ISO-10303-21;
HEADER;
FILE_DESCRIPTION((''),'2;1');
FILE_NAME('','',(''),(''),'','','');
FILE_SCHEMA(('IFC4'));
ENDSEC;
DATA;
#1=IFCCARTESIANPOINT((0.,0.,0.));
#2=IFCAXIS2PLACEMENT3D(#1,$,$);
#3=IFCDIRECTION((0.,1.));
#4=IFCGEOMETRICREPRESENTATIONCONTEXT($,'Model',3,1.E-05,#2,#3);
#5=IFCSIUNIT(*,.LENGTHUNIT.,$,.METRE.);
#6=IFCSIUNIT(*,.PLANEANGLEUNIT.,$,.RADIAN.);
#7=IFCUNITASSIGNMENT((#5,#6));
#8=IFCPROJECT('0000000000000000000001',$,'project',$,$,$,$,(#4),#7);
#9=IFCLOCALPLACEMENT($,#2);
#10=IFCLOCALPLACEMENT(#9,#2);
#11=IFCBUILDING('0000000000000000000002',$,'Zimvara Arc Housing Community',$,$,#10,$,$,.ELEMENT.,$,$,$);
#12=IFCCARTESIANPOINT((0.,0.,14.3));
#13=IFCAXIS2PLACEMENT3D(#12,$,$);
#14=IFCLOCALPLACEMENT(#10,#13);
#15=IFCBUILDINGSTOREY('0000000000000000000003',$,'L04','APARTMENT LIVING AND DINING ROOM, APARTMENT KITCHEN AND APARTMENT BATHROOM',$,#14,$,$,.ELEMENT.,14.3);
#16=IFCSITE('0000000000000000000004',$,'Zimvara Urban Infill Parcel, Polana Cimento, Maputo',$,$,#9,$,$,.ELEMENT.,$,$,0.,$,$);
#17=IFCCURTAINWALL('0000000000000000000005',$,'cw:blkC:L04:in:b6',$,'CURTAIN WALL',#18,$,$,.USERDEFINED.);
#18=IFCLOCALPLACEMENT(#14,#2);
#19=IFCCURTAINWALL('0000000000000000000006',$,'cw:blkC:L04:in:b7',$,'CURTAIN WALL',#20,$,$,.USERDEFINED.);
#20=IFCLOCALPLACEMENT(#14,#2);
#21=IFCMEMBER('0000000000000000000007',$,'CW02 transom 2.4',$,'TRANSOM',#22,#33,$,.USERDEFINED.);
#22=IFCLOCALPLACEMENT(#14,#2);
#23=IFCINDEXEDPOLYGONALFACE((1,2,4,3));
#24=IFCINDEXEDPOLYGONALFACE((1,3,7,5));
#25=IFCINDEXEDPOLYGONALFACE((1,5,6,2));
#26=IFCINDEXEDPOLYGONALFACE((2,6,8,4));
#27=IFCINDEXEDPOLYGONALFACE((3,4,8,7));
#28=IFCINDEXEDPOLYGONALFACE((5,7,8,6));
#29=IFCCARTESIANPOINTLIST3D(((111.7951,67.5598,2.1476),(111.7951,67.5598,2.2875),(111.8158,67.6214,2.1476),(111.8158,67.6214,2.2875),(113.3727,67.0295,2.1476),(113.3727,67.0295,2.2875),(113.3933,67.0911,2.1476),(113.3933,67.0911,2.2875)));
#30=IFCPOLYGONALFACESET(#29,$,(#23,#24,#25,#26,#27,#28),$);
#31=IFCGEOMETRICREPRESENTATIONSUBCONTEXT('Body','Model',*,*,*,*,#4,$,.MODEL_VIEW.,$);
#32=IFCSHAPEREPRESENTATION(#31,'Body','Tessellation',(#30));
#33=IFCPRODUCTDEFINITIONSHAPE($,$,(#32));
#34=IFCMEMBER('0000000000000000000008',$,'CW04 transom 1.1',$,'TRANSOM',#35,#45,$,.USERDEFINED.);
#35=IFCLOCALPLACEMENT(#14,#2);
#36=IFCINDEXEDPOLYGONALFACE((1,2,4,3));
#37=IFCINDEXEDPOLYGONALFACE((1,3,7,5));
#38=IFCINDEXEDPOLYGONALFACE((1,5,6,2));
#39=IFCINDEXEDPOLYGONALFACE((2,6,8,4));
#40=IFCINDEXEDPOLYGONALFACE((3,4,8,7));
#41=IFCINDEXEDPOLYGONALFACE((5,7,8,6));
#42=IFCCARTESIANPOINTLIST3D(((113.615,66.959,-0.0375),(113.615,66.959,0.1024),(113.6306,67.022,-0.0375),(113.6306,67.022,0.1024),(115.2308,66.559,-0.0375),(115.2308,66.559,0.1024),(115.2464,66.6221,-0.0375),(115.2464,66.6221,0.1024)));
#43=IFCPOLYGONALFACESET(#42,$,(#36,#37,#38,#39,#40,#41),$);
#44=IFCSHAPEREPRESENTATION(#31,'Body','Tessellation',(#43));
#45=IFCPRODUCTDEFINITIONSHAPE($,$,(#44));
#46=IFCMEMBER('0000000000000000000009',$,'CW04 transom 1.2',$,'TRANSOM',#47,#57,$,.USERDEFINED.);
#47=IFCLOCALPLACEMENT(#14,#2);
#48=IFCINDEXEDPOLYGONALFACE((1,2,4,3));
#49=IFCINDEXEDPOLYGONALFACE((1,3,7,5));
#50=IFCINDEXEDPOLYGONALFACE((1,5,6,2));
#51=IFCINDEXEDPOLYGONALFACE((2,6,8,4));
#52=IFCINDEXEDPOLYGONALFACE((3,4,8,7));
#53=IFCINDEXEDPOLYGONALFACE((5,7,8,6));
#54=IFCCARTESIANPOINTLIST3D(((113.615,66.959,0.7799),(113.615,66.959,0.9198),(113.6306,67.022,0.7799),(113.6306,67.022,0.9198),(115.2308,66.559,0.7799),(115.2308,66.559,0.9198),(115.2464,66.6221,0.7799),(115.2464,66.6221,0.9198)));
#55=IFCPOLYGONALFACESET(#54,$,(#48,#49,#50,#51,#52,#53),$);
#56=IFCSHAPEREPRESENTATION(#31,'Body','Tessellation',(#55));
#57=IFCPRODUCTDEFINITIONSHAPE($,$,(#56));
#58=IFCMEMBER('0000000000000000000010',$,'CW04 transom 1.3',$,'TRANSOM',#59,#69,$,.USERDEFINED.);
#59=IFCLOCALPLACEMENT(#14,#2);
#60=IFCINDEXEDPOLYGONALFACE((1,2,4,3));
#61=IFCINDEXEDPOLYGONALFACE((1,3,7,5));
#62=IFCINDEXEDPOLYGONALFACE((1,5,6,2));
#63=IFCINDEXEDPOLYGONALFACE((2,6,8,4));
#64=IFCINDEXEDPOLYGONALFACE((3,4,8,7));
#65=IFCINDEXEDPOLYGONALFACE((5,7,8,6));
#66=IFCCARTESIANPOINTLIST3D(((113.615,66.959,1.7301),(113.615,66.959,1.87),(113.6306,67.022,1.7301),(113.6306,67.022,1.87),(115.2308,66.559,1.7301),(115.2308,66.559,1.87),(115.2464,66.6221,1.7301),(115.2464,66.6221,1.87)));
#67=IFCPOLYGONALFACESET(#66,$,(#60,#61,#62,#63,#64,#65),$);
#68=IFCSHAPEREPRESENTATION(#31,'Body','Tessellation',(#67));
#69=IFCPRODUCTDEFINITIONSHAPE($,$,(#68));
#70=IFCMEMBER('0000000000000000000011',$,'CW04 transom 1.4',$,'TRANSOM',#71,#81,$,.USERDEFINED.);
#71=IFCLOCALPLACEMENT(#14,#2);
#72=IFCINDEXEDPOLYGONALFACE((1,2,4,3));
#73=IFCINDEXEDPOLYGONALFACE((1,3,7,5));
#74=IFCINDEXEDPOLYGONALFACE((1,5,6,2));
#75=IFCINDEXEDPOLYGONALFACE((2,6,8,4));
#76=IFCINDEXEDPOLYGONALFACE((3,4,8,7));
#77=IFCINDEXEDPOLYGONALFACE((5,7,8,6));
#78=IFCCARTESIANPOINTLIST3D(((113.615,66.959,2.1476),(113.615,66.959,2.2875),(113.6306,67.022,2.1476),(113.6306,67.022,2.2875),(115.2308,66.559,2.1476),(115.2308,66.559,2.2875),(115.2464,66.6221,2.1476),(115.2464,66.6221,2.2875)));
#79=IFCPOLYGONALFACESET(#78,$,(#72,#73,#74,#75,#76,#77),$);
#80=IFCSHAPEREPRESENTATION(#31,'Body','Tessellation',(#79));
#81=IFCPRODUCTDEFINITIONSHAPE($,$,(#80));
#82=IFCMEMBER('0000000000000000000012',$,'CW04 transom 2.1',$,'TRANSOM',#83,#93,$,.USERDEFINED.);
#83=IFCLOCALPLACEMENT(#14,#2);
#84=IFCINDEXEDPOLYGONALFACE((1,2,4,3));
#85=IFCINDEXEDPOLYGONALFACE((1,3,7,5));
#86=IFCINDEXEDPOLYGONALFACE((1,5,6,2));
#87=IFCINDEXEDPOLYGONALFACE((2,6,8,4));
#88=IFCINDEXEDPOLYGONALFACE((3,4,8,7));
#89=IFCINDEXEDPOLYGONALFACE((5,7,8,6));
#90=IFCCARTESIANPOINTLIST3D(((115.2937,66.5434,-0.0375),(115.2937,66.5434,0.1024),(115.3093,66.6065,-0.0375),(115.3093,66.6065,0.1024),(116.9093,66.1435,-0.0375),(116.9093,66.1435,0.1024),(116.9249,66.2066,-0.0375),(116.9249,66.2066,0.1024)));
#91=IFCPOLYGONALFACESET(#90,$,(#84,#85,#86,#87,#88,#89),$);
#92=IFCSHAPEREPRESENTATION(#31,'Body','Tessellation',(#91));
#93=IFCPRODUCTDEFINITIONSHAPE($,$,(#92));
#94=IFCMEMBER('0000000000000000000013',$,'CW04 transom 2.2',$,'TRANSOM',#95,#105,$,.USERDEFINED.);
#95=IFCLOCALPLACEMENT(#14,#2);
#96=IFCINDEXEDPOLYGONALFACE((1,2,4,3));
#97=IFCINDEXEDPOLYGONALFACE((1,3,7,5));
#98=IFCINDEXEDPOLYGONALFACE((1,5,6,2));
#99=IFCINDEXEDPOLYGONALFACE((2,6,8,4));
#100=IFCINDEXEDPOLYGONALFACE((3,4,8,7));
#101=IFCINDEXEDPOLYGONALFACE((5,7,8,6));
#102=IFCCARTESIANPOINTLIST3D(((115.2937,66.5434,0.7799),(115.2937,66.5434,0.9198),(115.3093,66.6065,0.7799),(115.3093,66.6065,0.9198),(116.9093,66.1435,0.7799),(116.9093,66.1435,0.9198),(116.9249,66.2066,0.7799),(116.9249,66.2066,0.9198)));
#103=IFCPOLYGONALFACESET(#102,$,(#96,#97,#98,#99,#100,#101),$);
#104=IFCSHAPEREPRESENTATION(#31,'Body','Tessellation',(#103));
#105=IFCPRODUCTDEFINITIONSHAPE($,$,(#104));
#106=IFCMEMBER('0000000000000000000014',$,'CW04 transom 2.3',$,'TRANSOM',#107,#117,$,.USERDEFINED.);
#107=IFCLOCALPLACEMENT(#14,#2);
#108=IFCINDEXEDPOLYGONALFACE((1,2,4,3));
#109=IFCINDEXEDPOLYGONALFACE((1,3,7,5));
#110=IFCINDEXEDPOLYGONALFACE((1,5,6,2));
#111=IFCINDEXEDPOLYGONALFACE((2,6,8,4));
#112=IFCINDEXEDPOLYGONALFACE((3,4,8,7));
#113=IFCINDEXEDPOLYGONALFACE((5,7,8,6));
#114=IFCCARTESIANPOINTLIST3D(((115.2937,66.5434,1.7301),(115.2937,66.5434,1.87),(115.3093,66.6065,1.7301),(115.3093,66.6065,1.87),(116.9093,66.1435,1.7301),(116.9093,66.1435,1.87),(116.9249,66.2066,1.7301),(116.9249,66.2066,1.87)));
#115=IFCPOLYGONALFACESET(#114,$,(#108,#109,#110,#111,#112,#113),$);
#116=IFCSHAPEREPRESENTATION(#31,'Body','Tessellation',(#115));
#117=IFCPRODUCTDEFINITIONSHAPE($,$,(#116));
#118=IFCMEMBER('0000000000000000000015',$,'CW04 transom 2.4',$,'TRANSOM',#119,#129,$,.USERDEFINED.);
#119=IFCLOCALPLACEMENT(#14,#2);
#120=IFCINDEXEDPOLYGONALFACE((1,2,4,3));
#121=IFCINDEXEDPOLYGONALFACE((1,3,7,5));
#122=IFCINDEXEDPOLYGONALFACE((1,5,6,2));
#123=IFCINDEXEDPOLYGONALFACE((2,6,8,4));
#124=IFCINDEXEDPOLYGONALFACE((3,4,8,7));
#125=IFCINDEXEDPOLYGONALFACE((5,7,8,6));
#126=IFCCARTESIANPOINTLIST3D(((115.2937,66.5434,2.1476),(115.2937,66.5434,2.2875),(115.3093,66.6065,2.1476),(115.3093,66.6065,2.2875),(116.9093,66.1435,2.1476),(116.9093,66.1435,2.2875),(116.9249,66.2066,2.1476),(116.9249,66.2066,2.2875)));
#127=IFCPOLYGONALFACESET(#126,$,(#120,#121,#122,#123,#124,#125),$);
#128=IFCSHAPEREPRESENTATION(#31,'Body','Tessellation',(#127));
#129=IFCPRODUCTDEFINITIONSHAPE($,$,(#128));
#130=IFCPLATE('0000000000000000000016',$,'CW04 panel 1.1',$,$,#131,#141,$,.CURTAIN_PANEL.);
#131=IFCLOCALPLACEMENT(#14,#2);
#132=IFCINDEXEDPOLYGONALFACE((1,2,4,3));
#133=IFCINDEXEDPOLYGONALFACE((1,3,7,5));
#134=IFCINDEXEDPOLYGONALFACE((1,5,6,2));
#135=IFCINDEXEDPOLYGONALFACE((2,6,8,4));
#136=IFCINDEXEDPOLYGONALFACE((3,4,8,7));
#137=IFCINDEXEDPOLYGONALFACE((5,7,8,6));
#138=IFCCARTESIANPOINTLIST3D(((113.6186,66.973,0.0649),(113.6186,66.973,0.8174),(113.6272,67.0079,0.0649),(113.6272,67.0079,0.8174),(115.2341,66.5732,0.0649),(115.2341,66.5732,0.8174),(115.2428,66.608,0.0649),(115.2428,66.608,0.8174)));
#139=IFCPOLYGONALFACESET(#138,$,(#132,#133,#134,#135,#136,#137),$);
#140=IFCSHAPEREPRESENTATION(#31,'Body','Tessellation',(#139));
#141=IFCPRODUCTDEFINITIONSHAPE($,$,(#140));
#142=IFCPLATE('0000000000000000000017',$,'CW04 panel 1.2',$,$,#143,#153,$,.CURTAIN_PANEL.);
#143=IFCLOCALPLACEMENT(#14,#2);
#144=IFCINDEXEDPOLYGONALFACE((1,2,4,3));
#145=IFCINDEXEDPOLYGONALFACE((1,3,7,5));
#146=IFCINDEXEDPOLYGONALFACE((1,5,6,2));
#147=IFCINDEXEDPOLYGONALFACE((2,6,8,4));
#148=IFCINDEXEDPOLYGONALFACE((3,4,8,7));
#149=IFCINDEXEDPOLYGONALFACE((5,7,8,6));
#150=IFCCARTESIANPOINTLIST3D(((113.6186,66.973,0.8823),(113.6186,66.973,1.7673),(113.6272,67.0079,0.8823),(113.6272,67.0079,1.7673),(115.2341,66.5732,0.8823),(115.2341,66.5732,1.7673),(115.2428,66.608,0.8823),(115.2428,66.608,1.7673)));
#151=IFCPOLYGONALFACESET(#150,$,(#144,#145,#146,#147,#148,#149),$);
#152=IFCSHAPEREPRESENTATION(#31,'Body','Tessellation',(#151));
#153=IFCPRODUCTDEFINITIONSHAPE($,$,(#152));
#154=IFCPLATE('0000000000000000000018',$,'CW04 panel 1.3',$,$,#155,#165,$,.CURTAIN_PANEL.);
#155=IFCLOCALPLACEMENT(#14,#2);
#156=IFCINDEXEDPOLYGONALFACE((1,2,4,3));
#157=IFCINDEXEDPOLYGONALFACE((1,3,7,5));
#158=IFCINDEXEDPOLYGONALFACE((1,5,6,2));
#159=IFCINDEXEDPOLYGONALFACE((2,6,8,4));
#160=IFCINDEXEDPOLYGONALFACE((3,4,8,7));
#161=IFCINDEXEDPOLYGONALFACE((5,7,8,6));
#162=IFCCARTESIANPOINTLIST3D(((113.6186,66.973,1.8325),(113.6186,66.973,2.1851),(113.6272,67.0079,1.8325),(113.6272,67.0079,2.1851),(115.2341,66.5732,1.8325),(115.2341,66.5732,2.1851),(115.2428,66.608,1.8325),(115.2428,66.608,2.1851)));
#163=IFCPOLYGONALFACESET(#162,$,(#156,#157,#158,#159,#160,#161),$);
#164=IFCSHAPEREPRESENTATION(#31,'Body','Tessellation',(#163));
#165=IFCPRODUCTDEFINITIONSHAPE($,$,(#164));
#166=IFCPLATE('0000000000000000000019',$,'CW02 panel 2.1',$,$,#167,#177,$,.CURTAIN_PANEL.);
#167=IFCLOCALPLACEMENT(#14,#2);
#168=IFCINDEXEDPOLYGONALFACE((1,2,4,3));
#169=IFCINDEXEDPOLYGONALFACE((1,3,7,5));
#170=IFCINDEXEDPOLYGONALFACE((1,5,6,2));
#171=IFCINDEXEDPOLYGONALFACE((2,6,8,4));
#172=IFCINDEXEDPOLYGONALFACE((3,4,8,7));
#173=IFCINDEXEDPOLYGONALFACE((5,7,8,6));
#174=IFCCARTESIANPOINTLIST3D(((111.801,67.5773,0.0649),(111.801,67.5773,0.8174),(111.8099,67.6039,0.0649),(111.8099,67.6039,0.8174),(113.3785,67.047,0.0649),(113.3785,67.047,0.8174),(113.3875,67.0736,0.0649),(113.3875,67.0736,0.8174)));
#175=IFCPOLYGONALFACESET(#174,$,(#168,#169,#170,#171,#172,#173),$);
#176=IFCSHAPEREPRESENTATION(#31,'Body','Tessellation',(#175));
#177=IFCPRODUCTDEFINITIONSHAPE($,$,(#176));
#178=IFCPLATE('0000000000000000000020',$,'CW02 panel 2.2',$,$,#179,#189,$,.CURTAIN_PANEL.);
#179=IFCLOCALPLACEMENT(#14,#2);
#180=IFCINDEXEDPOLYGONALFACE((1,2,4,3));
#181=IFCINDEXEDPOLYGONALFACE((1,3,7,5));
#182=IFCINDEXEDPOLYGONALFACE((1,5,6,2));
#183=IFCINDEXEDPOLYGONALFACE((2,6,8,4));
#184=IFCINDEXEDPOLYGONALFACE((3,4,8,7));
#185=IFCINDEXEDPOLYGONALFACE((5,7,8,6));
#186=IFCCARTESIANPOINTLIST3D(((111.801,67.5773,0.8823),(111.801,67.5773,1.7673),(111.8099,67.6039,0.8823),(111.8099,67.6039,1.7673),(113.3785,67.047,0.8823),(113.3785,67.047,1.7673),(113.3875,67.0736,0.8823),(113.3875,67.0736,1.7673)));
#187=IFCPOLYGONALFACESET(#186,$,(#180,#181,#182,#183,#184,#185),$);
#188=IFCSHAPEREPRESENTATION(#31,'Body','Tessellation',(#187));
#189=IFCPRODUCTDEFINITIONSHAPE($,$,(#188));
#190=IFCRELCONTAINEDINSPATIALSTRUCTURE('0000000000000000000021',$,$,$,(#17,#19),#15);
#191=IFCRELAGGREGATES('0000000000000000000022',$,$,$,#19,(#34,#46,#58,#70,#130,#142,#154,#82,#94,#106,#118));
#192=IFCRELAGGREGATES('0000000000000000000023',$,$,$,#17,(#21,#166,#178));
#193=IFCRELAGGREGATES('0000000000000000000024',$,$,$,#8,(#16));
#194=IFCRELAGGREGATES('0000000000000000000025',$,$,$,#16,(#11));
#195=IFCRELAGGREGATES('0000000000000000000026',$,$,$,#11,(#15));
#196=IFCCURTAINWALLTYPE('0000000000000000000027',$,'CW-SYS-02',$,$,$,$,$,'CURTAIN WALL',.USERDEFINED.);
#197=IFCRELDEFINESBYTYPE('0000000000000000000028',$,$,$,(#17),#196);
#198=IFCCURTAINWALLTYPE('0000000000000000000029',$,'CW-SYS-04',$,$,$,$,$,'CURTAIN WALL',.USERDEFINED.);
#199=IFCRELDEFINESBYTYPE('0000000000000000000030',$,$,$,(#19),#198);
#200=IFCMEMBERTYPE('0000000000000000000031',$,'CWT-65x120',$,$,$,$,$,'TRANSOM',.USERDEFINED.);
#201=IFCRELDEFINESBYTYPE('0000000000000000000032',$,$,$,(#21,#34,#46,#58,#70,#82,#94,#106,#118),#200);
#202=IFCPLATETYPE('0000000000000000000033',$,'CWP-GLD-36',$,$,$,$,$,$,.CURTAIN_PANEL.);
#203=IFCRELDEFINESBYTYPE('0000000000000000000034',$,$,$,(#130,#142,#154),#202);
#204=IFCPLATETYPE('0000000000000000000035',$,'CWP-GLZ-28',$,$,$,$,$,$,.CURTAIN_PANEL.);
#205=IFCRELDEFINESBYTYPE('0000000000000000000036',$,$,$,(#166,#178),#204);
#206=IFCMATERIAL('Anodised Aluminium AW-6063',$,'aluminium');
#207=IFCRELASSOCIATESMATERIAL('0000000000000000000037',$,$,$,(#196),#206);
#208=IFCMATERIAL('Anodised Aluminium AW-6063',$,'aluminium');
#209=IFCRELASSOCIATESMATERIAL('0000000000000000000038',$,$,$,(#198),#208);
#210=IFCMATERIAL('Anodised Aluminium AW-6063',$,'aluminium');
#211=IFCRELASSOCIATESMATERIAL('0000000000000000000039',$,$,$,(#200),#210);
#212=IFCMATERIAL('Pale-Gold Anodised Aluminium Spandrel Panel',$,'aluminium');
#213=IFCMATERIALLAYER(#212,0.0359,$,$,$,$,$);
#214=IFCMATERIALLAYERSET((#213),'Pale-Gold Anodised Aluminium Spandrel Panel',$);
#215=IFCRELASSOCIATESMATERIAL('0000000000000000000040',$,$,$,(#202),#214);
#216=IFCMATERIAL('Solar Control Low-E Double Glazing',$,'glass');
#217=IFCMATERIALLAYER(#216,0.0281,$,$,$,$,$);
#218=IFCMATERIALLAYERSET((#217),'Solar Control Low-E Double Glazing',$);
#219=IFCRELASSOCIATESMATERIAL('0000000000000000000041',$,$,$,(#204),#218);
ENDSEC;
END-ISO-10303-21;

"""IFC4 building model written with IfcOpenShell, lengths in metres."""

from ifc_helpers import new_model, si_unit, direction, frame, origin, origin_2d, place, context, subcontext, project, spatial, rectangle, extrude, material, layer, layer_set, material_profile, profile_set, type_object, element, aggregate, save


model = new_model("IFC4")

# Units and contexts
model_context = context("Model", 3, precision=1e-05, world=origin(), true_north=direction((0.0, 1.0)))
body_context = subcontext(model_context, "Body", "Model", "MODEL_VIEW")
ifc_project = project(units=[si_unit("LENGTHUNIT", "METRE"), si_unit("PLANEANGLEUNIT", "RADIAN")], contexts=[model_context])

# Site, building, storey
site_placement = place(None, origin())
site = spatial("IfcSite", under=ifc_project, at=site_placement, Name="Zimvara Urban Infill Parcel, Polana Cimento, Maputo", CompositionType="ELEMENT", RefElevation=0.0)
building_placement = place(site_placement, origin())
building = spatial("IfcBuilding", under=site, at=building_placement, Name="Zimvara Arc Housing Community", CompositionType="ELEMENT")
storey_placement = place(building_placement, frame((0.0, 0.0, 14.3)))
storey = spatial("IfcBuildingStorey", under=building, at=storey_placement, Name="L04", Description="APARTMENT LIVING AND DINING ROOM, APARTMENT KITCHEN AND APARTMENT BATHROOM", CompositionType="ELEMENT", Elevation=14.3)

# Curtain walls
ifc_material_1 = material(Name="Anodised Aluminium AW-6063", Category="aluminium")
curtain_wall_type_1 = type_object("IfcCurtainWallType", Name="CW-SYS-02", ElementType="CURTAIN WALL", PredefinedType="USERDEFINED", material=ifc_material_1)
curtain_wall_1_placement = place(storey_placement, origin())
curtain_wall_1 = element("IfcCurtainWall", 1, at=curtain_wall_1_placement, inside=storey, type_object=curtain_wall_type_1, Name="cw:blkC:L04:in:b6", ObjectType="CURTAIN WALL", PredefinedType="USERDEFINED")
ifc_material_2 = material(Name="Anodised Aluminium AW-6063", Category="aluminium")
curtain_wall_type_2 = type_object("IfcCurtainWallType", Name="CW-SYS-04", ElementType="CURTAIN WALL", PredefinedType="USERDEFINED", material=ifc_material_2)
curtain_wall_2_placement = place(storey_placement, origin())
curtain_wall_2 = element("IfcCurtainWall", 2, at=curtain_wall_2_placement, inside=storey, type_object=curtain_wall_type_2, Name="cw:blkC:L04:in:b7", ObjectType="CURTAIN WALL", PredefinedType="USERDEFINED")

# Members
ifc_material_3 = material(Name="Anodised Aluminium AW-6063", Category="aluminium")
ifc_material_profile_1 = material_profile(ifc_material_3, rectangle(XDim=0.0649, YDim=0.1399, at=origin_2d()), Name="ALU 65x140")
ifc_profile_set_1 = profile_set([ifc_material_profile_1], Name="Anodised Aluminium AW-6063")
member_type_1 = type_object("IfcMemberType", Name="CWT-65x120", ElementType="TRANSOM", PredefinedType="USERDEFINED", material=ifc_profile_set_1)
member_1_placement = place(storey_placement, frame((111.8054, 67.5906, 2.2175), z_axis=(0.947888, -0.318603, 0.0), x_axis=(0.318603, 0.947888, 0.0)))
member_1 = element("IfcMember", 3, at=member_1_placement, type_object=member_type_1, Name="CW02 transom 2.4", ObjectType="TRANSOM", PredefinedType="USERDEFINED", context=body_context, shape_type="SweptSolid", body=[
    extrude(rectangle(XDim=0.0649, YDim=0.1399, at=origin_2d()), origin(), (0.0, 0.0, 1.0), 1.6643),
])
member_2_placement = place(storey_placement, frame((113.6228, 66.9905, 0.0325), z_axis=(0.970709, -0.240257, 0.0), x_axis=(0.240257, 0.970709, 0.0)))
member_2 = element("IfcMember", 4, at=member_2_placement, type_object=member_type_1, Name="CW04 transom 1.1", ObjectType="TRANSOM", PredefinedType="USERDEFINED", context=body_context, shape_type="SweptSolid", body=[
    extrude(rectangle(XDim=0.0649, YDim=0.1399, at=origin_2d()), origin(), (0.0, 0.0, 1.0), 1.6646),
])
member_3_placement = place(storey_placement, frame((113.6228, 66.9905, 0.8499), z_axis=(0.970709, -0.240257, 0.0), x_axis=(0.240257, 0.970709, 0.0)))
member_3 = element("IfcMember", 5, at=member_3_placement, type_object=member_type_1, Name="CW04 transom 1.2", ObjectType="TRANSOM", PredefinedType="USERDEFINED", context=body_context, shape_type="SweptSolid", body=[
    extrude(rectangle(XDim=0.0649, YDim=0.1399, at=origin_2d()), origin(), (0.0, 0.0, 1.0), 1.6646),
])
member_4_placement = place(storey_placement, frame((113.6228, 66.9905, 1.8), z_axis=(0.970709, -0.240257, 0.0), x_axis=(0.240257, 0.970709, 0.0)))
member_4 = element("IfcMember", 6, at=member_4_placement, type_object=member_type_1, Name="CW04 transom 1.3", ObjectType="TRANSOM", PredefinedType="USERDEFINED", context=body_context, shape_type="SweptSolid", body=[
    extrude(rectangle(XDim=0.0649, YDim=0.1399, at=origin_2d()), origin(), (0.0, 0.0, 1.0), 1.6646),
])
member_5_placement = place(storey_placement, frame((113.6228, 66.9905, 2.2175), z_axis=(0.970709, -0.240257, 0.0), x_axis=(0.240257, 0.970709, 0.0)))
member_5 = element("IfcMember", 7, at=member_5_placement, type_object=member_type_1, Name="CW04 transom 1.4", ObjectType="TRANSOM", PredefinedType="USERDEFINED", context=body_context, shape_type="SweptSolid", body=[
    extrude(rectangle(XDim=0.0649, YDim=0.1399, at=origin_2d()), origin(), (0.0, 0.0, 1.0), 1.6646),
])
member_6_placement = place(storey_placement, frame((115.3015, 66.575, 0.0325), z_axis=(0.970701, -0.240291, 0.0), x_axis=(0.240291, 0.970701, 0.0)))
member_6 = element("IfcMember", 8, at=member_6_placement, type_object=member_type_1, Name="CW04 transom 2.1", ObjectType="TRANSOM", PredefinedType="USERDEFINED", context=body_context, shape_type="SweptSolid", body=[
    extrude(rectangle(XDim=0.0649, YDim=0.1399, at=origin_2d()), origin(), (0.0, 0.0, 1.0), 1.6643),
])
member_7_placement = place(storey_placement, frame((115.3015, 66.575, 0.8499), z_axis=(0.970701, -0.240291, 0.0), x_axis=(0.240291, 0.970701, 0.0)))
member_7 = element("IfcMember", 9, at=member_7_placement, type_object=member_type_1, Name="CW04 transom 2.2", ObjectType="TRANSOM", PredefinedType="USERDEFINED", context=body_context, shape_type="SweptSolid", body=[
    extrude(rectangle(XDim=0.0649, YDim=0.1399, at=origin_2d()), origin(), (0.0, 0.0, 1.0), 1.6643),
])
member_8_placement = place(storey_placement, frame((115.3015, 66.575, 1.8), z_axis=(0.970701, -0.240291, 0.0), x_axis=(0.240291, 0.970701, 0.0)))
member_8 = element("IfcMember", 10, at=member_8_placement, type_object=member_type_1, Name="CW04 transom 2.3", ObjectType="TRANSOM", PredefinedType="USERDEFINED", context=body_context, shape_type="SweptSolid", body=[
    extrude(rectangle(XDim=0.0649, YDim=0.1399, at=origin_2d()), origin(), (0.0, 0.0, 1.0), 1.6643),
])
member_9_placement = place(storey_placement, frame((115.3015, 66.575, 2.2175), z_axis=(0.970701, -0.240291, 0.0), x_axis=(0.240291, 0.970701, 0.0)))
member_9 = element("IfcMember", 11, at=member_9_placement, type_object=member_type_1, Name="CW04 transom 2.4", ObjectType="TRANSOM", PredefinedType="USERDEFINED", context=body_context, shape_type="SweptSolid", body=[
    extrude(rectangle(XDim=0.0649, YDim=0.1399, at=origin_2d()), origin(), (0.0, 0.0, 1.0), 1.6643),
])

# Plates
ifc_material_4 = material(Name="Pale-Gold Anodised Aluminium Spandrel Panel", Category="aluminium")
ifc_layer_1 = layer(ifc_material_4, 0.0359)
ifc_layer_set_1 = layer_set([ifc_layer_1], Name="Pale-Gold Anodised Aluminium Spandrel Panel")
plate_type_1 = type_object("IfcPlateType", Name="CWP-GLD-36", PredefinedType="CURTAIN_PANEL", material=ifc_layer_set_1)
plate_1_placement = place(storey_placement, frame((114.4307, 66.7905, 0.0649), z_axis=(0.0, 0.0, 1.0), x_axis=(0.970717, -0.240228, 0.0)))
plate_1 = element("IfcPlate", 12, at=plate_1_placement, type_object=plate_type_1, Name="CW04 panel 1.1", PredefinedType="CURTAIN_PANEL", context=body_context, shape_type="SweptSolid", body=[
    extrude(rectangle(XDim=1.6643, YDim=0.0359, at=origin_2d()), origin(), (0.0, 0.0, 1.0), 0.7524),
])
plate_2_placement = place(storey_placement, frame((114.4307, 66.7905, 0.8823), z_axis=(0.0, 0.0, 1.0), x_axis=(0.970717, -0.240228, 0.0)))
plate_2 = element("IfcPlate", 13, at=plate_2_placement, type_object=plate_type_1, Name="CW04 panel 1.2", PredefinedType="CURTAIN_PANEL", context=body_context, shape_type="SweptSolid", body=[
    extrude(rectangle(XDim=1.6643, YDim=0.0359, at=origin_2d()), origin(), (0.0, 0.0, 1.0), 0.885),
])
plate_3_placement = place(storey_placement, frame((114.4307, 66.7905, 1.8325), z_axis=(0.0, 0.0, 1.0), x_axis=(0.970717, -0.240228, 0.0)))
plate_3 = element("IfcPlate", 14, at=plate_3_placement, type_object=plate_type_1, Name="CW04 panel 1.3", PredefinedType="CURTAIN_PANEL", context=body_context, shape_type="SweptSolid", body=[
    extrude(rectangle(XDim=1.6643, YDim=0.0359, at=origin_2d()), origin(), (0.0, 0.0, 1.0), 0.3525),
])
aggregate(curtain_wall_2, [member_2, member_3, member_4, member_5, plate_1, plate_2, plate_3, member_6, member_7, member_8, member_9])
ifc_material_5 = material(Name="Solar Control Low-E Double Glazing", Category="glass")
ifc_layer_2 = layer(ifc_material_5, 0.0281)
ifc_layer_set_2 = layer_set([ifc_layer_2], Name="Solar Control Low-E Double Glazing")
plate_type_2 = type_object("IfcPlateType", Name="CWP-GLZ-28", PredefinedType="CURTAIN_PANEL", material=ifc_layer_set_2)
plate_4_placement = place(storey_placement, frame((112.5942, 67.3254, 0.0649), z_axis=(0.0, 0.0, 1.0), x_axis=(0.947879, -0.31863, 0.0)))
plate_4 = element("IfcPlate", 15, at=plate_4_placement, type_object=plate_type_2, Name="CW02 panel 2.1", PredefinedType="CURTAIN_PANEL", context=body_context, shape_type="SweptSolid", body=[
    extrude(rectangle(XDim=1.6643, YDim=0.0281, at=origin_2d()), origin(), (0.0, 0.0, 1.0), 0.7524),
])
plate_5_placement = place(storey_placement, frame((112.5942, 67.3254, 0.8823), z_axis=(0.0, 0.0, 1.0), x_axis=(0.947879, -0.31863, 0.0)))
plate_5 = element("IfcPlate", 16, at=plate_5_placement, type_object=plate_type_2, Name="CW02 panel 2.2", PredefinedType="CURTAIN_PANEL", context=body_context, shape_type="SweptSolid", body=[
    extrude(rectangle(XDim=1.6643, YDim=0.0281, at=origin_2d()), origin(), (0.0, 0.0, 1.0), 0.885),
])
aggregate(curtain_wall_1, [member_1, plate_4, plate_5])

save(model, "model.ifc")
